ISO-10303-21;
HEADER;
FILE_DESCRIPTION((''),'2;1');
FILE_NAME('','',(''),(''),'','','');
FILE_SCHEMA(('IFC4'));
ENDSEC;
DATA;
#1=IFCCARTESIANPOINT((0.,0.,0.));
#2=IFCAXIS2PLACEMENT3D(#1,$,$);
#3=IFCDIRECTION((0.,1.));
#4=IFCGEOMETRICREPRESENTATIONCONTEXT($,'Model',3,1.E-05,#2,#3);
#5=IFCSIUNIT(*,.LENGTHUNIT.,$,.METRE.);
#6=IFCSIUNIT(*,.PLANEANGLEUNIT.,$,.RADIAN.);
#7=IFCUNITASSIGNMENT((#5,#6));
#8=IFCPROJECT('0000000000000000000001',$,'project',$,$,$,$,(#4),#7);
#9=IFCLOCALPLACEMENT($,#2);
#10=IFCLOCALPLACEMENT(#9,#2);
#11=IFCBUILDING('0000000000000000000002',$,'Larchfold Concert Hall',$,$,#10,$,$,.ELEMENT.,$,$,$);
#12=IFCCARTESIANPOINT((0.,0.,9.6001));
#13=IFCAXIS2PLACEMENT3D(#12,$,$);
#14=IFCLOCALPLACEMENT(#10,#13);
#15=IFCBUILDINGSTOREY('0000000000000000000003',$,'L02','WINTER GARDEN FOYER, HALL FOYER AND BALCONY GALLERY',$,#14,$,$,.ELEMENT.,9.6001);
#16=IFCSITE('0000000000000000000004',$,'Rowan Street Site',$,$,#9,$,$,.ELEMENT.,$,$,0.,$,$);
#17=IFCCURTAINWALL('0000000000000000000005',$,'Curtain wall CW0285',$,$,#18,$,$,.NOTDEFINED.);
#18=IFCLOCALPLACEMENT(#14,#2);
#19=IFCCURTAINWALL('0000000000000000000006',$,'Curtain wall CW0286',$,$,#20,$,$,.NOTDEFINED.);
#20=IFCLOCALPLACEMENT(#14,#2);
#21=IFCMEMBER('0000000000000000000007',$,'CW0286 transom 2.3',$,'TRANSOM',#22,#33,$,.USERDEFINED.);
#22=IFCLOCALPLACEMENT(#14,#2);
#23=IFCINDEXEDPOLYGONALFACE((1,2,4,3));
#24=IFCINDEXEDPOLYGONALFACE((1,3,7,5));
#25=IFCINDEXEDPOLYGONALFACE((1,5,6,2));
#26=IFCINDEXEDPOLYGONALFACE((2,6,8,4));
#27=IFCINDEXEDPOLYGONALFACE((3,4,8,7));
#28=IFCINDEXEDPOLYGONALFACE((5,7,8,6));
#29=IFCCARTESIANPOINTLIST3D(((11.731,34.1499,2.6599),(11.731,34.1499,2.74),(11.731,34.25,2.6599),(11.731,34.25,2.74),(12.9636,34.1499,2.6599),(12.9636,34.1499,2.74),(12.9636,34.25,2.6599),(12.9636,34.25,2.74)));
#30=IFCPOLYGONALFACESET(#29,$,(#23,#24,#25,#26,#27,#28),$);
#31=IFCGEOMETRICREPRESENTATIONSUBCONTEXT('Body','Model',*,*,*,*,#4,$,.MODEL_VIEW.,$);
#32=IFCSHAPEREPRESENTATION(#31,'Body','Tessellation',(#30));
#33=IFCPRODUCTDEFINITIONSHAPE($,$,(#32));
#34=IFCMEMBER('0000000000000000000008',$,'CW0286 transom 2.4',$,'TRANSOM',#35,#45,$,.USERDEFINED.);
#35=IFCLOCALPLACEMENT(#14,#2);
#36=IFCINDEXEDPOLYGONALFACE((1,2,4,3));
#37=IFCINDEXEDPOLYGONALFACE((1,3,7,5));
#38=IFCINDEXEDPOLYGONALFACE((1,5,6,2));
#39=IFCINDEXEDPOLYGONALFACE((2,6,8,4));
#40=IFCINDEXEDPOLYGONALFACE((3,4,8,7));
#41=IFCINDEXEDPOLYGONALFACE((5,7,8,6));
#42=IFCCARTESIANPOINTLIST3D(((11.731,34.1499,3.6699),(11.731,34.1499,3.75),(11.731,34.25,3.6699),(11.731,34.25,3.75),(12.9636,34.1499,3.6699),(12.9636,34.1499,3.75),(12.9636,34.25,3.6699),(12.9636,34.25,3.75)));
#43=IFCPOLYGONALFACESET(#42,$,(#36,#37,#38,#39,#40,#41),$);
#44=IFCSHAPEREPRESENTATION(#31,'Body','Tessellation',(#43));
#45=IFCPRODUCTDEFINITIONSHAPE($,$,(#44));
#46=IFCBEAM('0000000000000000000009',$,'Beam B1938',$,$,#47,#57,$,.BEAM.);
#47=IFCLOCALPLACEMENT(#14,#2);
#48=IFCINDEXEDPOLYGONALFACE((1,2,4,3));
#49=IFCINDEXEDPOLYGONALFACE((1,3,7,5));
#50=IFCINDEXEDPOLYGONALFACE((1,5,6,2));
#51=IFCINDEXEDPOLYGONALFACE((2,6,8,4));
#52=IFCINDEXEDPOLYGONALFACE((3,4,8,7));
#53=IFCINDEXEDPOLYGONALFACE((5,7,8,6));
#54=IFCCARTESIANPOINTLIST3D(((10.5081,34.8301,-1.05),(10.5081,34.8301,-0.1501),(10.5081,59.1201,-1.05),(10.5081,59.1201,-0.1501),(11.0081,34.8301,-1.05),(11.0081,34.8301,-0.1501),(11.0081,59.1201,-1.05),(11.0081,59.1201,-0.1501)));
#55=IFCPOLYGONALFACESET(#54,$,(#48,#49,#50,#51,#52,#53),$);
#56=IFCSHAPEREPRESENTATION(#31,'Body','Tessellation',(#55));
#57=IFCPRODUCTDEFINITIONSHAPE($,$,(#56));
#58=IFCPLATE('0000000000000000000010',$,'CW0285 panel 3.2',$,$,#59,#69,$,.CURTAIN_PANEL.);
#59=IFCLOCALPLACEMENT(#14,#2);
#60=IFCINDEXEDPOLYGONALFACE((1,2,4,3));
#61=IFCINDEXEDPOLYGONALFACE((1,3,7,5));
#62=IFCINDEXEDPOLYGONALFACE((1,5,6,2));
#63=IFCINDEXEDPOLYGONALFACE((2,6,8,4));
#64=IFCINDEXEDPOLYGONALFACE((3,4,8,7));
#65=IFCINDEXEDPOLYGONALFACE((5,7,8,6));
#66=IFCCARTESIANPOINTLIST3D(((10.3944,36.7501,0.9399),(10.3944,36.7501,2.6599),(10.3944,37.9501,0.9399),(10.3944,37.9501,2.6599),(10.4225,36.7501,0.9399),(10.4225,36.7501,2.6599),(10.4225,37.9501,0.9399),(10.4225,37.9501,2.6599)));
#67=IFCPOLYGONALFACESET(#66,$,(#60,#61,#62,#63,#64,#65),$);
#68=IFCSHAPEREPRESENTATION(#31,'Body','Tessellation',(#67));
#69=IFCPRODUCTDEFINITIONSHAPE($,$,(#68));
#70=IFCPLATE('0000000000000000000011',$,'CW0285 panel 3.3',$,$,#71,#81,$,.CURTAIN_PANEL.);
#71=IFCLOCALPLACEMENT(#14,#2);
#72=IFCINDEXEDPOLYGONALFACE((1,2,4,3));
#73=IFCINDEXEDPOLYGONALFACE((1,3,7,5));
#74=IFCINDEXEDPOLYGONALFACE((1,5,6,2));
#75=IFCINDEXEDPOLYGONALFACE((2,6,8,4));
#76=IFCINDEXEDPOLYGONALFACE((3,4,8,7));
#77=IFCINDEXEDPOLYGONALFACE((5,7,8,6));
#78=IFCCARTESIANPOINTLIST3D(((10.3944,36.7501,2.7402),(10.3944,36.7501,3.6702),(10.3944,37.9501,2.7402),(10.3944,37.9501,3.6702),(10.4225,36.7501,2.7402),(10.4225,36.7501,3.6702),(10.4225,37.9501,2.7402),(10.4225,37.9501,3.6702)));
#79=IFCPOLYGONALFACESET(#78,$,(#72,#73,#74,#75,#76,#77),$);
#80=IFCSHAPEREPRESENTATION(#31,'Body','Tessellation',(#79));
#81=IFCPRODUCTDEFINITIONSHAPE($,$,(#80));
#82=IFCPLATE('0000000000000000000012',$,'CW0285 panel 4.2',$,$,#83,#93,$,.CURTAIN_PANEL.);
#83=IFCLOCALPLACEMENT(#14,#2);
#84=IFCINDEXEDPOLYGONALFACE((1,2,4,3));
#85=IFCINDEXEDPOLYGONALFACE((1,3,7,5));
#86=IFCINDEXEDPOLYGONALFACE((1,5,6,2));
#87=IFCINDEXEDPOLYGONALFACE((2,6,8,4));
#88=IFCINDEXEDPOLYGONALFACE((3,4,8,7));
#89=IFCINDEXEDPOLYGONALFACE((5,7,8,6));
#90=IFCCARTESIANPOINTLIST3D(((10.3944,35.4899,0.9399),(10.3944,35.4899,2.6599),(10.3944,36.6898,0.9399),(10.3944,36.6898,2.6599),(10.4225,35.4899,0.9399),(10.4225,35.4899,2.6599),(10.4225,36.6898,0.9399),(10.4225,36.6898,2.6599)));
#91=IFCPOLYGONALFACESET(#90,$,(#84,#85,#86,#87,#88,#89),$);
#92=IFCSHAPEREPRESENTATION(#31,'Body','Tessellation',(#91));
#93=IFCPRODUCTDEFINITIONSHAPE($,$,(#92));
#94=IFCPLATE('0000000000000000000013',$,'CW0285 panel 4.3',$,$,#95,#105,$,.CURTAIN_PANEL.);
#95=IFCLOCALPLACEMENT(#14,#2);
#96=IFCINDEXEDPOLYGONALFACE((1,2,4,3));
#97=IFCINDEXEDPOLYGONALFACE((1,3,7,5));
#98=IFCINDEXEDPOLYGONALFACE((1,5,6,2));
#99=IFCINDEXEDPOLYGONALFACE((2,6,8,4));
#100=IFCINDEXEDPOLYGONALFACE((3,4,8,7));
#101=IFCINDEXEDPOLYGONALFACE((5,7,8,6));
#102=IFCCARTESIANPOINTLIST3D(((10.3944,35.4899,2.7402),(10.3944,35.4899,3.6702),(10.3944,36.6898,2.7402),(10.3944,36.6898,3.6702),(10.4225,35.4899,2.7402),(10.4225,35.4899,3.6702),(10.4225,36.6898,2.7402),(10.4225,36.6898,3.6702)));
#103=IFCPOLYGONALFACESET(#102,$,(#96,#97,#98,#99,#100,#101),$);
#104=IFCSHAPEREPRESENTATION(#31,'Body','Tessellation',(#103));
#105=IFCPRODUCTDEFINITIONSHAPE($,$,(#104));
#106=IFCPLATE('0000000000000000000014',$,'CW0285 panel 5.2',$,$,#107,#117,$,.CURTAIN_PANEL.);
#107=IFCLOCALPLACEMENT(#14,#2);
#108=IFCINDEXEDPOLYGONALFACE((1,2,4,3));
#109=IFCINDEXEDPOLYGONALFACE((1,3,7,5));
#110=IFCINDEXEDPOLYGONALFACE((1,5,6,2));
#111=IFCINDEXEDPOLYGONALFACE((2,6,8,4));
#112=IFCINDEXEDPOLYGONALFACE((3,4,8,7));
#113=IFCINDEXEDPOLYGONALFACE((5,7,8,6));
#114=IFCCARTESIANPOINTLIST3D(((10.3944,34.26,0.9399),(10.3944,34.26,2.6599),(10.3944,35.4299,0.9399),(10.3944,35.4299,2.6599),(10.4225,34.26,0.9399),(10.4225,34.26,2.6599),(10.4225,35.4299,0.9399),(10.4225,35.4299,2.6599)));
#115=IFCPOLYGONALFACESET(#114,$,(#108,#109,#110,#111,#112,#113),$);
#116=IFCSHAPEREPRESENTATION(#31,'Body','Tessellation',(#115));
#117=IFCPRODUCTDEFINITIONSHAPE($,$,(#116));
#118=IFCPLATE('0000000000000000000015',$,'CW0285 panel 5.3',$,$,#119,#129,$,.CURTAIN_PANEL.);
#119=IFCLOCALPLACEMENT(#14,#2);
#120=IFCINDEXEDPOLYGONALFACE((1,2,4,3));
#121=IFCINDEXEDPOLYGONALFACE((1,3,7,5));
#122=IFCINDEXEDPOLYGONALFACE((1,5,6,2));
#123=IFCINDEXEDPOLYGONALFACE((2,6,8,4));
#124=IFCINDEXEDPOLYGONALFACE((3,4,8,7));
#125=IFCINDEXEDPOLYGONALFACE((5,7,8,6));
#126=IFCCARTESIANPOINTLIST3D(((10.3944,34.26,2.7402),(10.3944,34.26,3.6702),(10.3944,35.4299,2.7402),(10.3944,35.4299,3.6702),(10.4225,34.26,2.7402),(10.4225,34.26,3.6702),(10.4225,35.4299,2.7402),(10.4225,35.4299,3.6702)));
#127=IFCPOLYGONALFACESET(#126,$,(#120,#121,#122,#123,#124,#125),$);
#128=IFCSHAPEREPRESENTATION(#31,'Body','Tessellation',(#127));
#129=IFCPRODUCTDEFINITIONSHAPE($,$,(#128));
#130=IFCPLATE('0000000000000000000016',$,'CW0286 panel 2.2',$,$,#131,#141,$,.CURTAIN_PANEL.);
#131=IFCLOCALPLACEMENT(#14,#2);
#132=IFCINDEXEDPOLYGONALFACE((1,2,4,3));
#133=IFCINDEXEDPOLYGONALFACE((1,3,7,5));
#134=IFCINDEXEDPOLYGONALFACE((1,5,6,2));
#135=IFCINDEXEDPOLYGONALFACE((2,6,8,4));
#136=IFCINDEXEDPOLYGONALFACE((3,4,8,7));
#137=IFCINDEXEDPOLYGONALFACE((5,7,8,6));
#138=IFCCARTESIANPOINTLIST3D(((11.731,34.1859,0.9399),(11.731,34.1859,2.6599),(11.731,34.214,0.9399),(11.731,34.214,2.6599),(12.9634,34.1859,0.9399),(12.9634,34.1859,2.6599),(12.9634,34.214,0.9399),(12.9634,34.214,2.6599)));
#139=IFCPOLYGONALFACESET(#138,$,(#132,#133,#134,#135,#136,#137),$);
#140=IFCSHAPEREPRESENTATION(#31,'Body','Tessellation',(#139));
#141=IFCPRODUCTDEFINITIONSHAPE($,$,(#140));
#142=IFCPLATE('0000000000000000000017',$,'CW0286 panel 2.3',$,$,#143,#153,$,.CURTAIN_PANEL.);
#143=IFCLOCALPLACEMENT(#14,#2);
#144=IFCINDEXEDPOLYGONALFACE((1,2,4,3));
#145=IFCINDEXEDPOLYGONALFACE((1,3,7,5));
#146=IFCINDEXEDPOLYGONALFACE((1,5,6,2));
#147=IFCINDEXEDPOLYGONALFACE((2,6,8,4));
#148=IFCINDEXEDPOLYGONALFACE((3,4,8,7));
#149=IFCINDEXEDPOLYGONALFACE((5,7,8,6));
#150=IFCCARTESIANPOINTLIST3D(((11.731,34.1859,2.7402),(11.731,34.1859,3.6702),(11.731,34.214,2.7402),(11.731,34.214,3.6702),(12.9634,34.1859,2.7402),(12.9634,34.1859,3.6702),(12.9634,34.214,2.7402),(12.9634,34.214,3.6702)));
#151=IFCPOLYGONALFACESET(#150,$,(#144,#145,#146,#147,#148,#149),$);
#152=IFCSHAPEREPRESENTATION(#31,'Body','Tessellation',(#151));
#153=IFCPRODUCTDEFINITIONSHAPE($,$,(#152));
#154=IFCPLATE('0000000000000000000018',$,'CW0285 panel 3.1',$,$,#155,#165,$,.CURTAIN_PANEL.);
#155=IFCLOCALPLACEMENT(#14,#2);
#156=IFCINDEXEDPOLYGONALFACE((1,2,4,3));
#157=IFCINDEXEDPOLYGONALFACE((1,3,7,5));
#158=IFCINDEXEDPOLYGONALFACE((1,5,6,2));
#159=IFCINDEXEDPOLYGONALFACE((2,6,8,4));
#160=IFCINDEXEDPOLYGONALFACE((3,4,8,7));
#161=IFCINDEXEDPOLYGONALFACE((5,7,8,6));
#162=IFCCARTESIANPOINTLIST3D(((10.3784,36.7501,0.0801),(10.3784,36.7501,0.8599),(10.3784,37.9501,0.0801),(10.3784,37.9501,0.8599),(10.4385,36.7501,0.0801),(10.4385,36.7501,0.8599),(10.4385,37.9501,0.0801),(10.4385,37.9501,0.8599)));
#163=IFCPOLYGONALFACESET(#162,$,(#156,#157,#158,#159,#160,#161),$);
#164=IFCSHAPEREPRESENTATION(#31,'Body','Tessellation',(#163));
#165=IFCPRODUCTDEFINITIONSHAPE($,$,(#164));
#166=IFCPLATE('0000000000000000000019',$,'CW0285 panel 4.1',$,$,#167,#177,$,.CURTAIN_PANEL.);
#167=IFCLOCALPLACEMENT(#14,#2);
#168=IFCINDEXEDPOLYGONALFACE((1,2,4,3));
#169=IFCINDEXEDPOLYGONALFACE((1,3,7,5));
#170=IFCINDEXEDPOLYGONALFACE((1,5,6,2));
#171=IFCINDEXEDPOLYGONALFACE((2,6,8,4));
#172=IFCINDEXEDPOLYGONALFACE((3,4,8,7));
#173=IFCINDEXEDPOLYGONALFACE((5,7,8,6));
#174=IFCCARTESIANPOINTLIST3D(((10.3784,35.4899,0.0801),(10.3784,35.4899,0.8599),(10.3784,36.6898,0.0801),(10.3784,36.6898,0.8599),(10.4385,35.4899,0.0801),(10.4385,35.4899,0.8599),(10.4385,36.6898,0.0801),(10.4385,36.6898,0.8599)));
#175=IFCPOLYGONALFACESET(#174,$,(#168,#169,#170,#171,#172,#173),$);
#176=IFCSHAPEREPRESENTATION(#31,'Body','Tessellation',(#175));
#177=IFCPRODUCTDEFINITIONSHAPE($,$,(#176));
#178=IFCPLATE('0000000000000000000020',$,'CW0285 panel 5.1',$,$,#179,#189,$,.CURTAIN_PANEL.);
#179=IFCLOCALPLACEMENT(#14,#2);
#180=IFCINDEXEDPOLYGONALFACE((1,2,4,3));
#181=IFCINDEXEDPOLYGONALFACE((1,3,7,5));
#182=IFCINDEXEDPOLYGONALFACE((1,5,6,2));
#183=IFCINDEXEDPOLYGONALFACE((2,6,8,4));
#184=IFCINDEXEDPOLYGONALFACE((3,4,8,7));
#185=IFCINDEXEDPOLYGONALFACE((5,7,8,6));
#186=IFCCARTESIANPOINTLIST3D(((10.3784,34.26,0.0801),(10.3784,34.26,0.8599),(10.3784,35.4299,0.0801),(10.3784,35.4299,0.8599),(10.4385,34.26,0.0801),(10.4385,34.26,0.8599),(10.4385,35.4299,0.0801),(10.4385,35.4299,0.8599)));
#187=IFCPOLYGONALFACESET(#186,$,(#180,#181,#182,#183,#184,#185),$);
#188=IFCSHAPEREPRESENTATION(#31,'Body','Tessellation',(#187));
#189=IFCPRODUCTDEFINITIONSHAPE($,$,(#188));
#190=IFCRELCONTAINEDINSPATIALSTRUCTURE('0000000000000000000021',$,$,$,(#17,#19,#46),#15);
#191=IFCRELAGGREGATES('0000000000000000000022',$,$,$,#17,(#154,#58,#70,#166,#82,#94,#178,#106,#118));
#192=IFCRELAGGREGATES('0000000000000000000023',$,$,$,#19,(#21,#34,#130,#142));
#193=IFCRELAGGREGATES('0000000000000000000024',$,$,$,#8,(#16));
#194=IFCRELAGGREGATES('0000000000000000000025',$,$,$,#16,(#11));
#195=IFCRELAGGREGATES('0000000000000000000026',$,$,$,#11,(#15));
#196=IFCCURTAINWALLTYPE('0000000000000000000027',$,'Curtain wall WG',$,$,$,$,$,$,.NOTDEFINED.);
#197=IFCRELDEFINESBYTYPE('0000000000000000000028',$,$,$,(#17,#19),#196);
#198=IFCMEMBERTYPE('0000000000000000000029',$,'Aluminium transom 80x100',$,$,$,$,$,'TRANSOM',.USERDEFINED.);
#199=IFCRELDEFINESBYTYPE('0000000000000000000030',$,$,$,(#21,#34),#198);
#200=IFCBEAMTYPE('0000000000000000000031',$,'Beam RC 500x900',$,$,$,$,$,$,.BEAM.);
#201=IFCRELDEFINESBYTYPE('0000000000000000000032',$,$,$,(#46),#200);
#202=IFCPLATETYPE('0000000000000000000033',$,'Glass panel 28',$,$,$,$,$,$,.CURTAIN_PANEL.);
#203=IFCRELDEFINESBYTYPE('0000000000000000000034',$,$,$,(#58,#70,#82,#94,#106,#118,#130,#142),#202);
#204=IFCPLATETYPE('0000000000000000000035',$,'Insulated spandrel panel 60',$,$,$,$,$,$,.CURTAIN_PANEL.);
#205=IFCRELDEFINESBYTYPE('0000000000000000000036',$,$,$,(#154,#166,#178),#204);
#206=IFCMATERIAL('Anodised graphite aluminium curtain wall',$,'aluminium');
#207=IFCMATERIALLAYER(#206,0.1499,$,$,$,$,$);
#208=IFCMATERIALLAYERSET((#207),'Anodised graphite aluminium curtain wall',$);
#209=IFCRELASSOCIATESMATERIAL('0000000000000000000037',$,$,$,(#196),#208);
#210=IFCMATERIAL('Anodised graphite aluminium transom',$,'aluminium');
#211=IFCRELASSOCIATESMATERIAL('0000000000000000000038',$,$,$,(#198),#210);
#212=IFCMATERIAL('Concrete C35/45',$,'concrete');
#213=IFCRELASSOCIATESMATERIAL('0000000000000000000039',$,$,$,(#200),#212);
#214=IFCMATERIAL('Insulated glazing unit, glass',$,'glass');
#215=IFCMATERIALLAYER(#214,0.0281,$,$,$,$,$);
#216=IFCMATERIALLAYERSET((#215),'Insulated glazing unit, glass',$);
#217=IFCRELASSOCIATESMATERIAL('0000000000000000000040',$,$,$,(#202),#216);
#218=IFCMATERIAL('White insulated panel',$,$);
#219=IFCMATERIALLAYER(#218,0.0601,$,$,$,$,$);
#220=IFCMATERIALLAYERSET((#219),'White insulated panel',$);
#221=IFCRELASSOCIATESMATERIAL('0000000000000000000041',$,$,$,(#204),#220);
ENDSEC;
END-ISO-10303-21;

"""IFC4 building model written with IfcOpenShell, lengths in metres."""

from ifc_helpers import new_model, si_unit, direction, frame, origin, origin_2d, place, context, subcontext, project, spatial, rectangle, extrude, material, layer, layer_set, material_profile, profile_set, type_object, element, aggregate, save


model = new_model("IFC4")

# Units and contexts
model_context = context("Model", 3, precision=1e-05, world=origin(), true_north=direction((0.0, 1.0)))
body_context = subcontext(model_context, "Body", "Model", "MODEL_VIEW")
ifc_project = project(units=[si_unit("LENGTHUNIT", "METRE"), si_unit("PLANEANGLEUNIT", "RADIAN")], contexts=[model_context])

# Site, building, storey
site_placement = place(None, origin())
site = spatial("IfcSite", under=ifc_project, at=site_placement, Name="Rowan Street Site", CompositionType="ELEMENT", RefElevation=0.0)
building_placement = place(site_placement, origin())
building = spatial("IfcBuilding", under=site, at=building_placement, Name="Larchfold Concert Hall", CompositionType="ELEMENT")
storey_placement = place(building_placement, frame((0.0, 0.0, 9.6001)))
storey = spatial("IfcBuildingStorey", under=building, at=storey_placement, Name="L02", Description="WINTER GARDEN FOYER, HALL FOYER AND BALCONY GALLERY", CompositionType="ELEMENT", Elevation=9.6001)

# Curtain walls, members
ifc_material_1 = material(Name="Anodised graphite aluminium curtain wall", Category="aluminium")
ifc_layer_1 = layer(ifc_material_1, 0.1499)
ifc_layer_set_1 = layer_set([ifc_layer_1], Name="Anodised graphite aluminium curtain wall")
curtain_wall_type = type_object("IfcCurtainWallType", Name="Curtain wall WG", PredefinedType="NOTDEFINED", material=ifc_layer_set_1)
curtain_wall_1_placement = place(storey_placement, origin())
curtain_wall_1 = element("IfcCurtainWall", 1, at=curtain_wall_1_placement, inside=storey, type_object=curtain_wall_type, Name="Curtain wall CW0285", PredefinedType="NOTDEFINED")
ifc_material_2 = material(Name="Anodised graphite aluminium transom", Category="aluminium")
ifc_material_profile_1 = material_profile(ifc_material_2, rectangle(XDim=0.1001, YDim=0.0801, at=origin_2d()))
ifc_profile_set_1 = profile_set([ifc_material_profile_1], Name="Anodised graphite aluminium transom")
member_type_1 = type_object("IfcMemberType", Name="Aluminium transom 80x100", ElementType="TRANSOM", PredefinedType="USERDEFINED", material=ifc_profile_set_1)
curtain_wall_2_placement = place(storey_placement, origin())
curtain_wall_2 = element("IfcCurtainWall", 2, at=curtain_wall_2_placement, inside=storey, type_object=curtain_wall_type, Name="Curtain wall CW0286", PredefinedType="NOTDEFINED")
member_1_placement = place(storey_placement, frame((11.731, 34.2, 2.7), z_axis=(1.0, 0.0, 0.0), x_axis=(0.0, 1.0, 0.0)))
member_1 = element("IfcMember", 3, at=member_1_placement, type_object=member_type_1, Name="CW0286 transom 2.3", ObjectType="TRANSOM", PredefinedType="USERDEFINED", context=body_context, shape_type="SweptSolid", body=[
    extrude(rectangle(XDim=0.1001, YDim=0.0801, at=origin_2d()), origin(), (0.0, 0.0, 1.0), 1.2327),
])
member_2_placement = place(storey_placement, frame((11.731, 34.2, 3.71), z_axis=(1.0, 0.0, 0.0), x_axis=(0.0, 1.0, 0.0)))
member_2 = element("IfcMember", 4, at=member_2_placement, type_object=member_type_1, Name="CW0286 transom 2.4", ObjectType="TRANSOM", PredefinedType="USERDEFINED", context=body_context, shape_type="SweptSolid", body=[
    extrude(rectangle(XDim=0.1001, YDim=0.0801, at=origin_2d()), origin(), (0.0, 0.0, 1.0), 1.2327),
])

# Beam
ifc_material_3 = material(Name="Concrete C35/45", Category="concrete")
ifc_material_profile_2 = material_profile(ifc_material_3, rectangle(XDim=0.5, YDim=0.8999, at=origin_2d()))
ifc_profile_set_2 = profile_set([ifc_material_profile_2], Name="Concrete C35/45")
beam_type = type_object("IfcBeamType", Name="Beam RC 500x900", PredefinedType="BEAM", material=ifc_profile_set_2)
beam_placement = place(storey_placement, frame((10.7581, 34.8301, -0.6001), z_axis=(0.0, 1.0, 0.0), x_axis=(-1.0, 0.0, 0.0)))
element("IfcBeam", 5, at=beam_placement, inside=storey, type_object=beam_type, Name="Beam B1938", PredefinedType="BEAM", context=body_context, shape_type="SweptSolid", body=[
    extrude(rectangle(XDim=0.5, YDim=0.8999, at=origin_2d()), origin(), (0.0, 0.0, 1.0), 24.29),
])

# Plates
ifc_material_4 = material(Name="Insulated glazing unit, glass", Category="glass")
ifc_layer_2 = layer(ifc_material_4, 0.0281)
ifc_layer_set_2 = layer_set([ifc_layer_2], Name="Insulated glazing unit, glass")
plate_type_1 = type_object("IfcPlateType", Name="Glass panel 28", PredefinedType="CURTAIN_PANEL", material=ifc_layer_set_2)
plate_1_placement = place(storey_placement, frame((10.4084, 37.3501, 0.9399), z_axis=(0.0, 0.0, 1.0), x_axis=(0.0, -1.0, 0.0)))
plate_1 = element("IfcPlate", 6, at=plate_1_placement, type_object=plate_type_1, Name="CW0285 panel 3.2", PredefinedType="CURTAIN_PANEL", context=body_context, shape_type="SweptSolid", body=[
    extrude(rectangle(XDim=1.2, YDim=0.0281, at=origin_2d()), origin(), (0.0, 0.0, 1.0), 1.72),
])
plate_2_placement = place(storey_placement, frame((10.4084, 37.3501, 2.7402), z_axis=(0.0, 0.0, 1.0), x_axis=(0.0, -1.0, 0.0)))
plate_2 = element("IfcPlate", 7, at=plate_2_placement, type_object=plate_type_1, Name="CW0285 panel 3.3", PredefinedType="CURTAIN_PANEL", context=body_context, shape_type="SweptSolid", body=[
    extrude(rectangle(XDim=1.2, YDim=0.0281, at=origin_2d()), origin(), (0.0, 0.0, 1.0), 0.9299),
])
plate_3_placement = place(storey_placement, frame((10.4084, 36.0898, 0.9399), z_axis=(0.0, 0.0, 1.0), x_axis=(0.0, -1.0, 0.0)))
plate_3 = element("IfcPlate", 8, at=plate_3_placement, type_object=plate_type_1, Name="CW0285 panel 4.2", PredefinedType="CURTAIN_PANEL", context=body_context, shape_type="SweptSolid", body=[
    extrude(rectangle(XDim=1.2, YDim=0.0281, at=origin_2d()), origin(), (0.0, 0.0, 1.0), 1.72),
])
plate_4_placement = place(storey_placement, frame((10.4084, 36.0898, 2.7402), z_axis=(0.0, 0.0, 1.0), x_axis=(0.0, -1.0, 0.0)))
plate_4 = element("IfcPlate", 9, at=plate_4_placement, type_object=plate_type_1, Name="CW0285 panel 4.3", PredefinedType="CURTAIN_PANEL", context=body_context, shape_type="SweptSolid", body=[
    extrude(rectangle(XDim=1.2, YDim=0.0281, at=origin_2d()), origin(), (0.0, 0.0, 1.0), 0.9299),
])
plate_5_placement = place(storey_placement, frame((10.4084, 34.845, 0.9399), z_axis=(0.0, 0.0, 1.0), x_axis=(0.0, -1.0, 0.0)))
plate_5 = element("IfcPlate", 10, at=plate_5_placement, type_object=plate_type_1, Name="CW0285 panel 5.2", PredefinedType="CURTAIN_PANEL", context=body_context, shape_type="SweptSolid", body=[
    extrude(rectangle(XDim=1.1699, YDim=0.0281, at=origin_2d()), origin(), (0.0, 0.0, 1.0), 1.72),
])
plate_6_placement = place(storey_placement, frame((10.4084, 34.845, 2.7402), z_axis=(0.0, 0.0, 1.0), x_axis=(0.0, -1.0, 0.0)))
plate_6 = element("IfcPlate", 11, at=plate_6_placement, type_object=plate_type_1, Name="CW0285 panel 5.3", PredefinedType="CURTAIN_PANEL", context=body_context, shape_type="SweptSolid", body=[
    extrude(rectangle(XDim=1.1699, YDim=0.0281, at=origin_2d()), origin(), (0.0, 0.0, 1.0), 0.9299),
])
plate_7_placement = place(storey_placement, frame((12.3472, 34.2, 0.9399), z_axis=(0.0, 0.0, 1.0), x_axis=(1.0, 0.0, 0.0)))
plate_7 = element("IfcPlate", 12, at=plate_7_placement, type_object=plate_type_1, Name="CW0286 panel 2.2", PredefinedType="CURTAIN_PANEL", context=body_context, shape_type="SweptSolid", body=[
    extrude(rectangle(XDim=1.2324, YDim=0.0281, at=origin_2d()), origin(), (0.0, 0.0, 1.0), 1.72),
])
plate_8_placement = place(storey_placement, frame((12.3472, 34.2, 2.7402), z_axis=(0.0, 0.0, 1.0), x_axis=(1.0, 0.0, 0.0)))
plate_8 = element("IfcPlate", 13, at=plate_8_placement, type_object=plate_type_1, Name="CW0286 panel 2.3", PredefinedType="CURTAIN_PANEL", context=body_context, shape_type="SweptSolid", body=[
    extrude(rectangle(XDim=1.2324, YDim=0.0281, at=origin_2d()), origin(), (0.0, 0.0, 1.0), 0.9299),
])
ifc_material_5 = material(Name="White insulated panel")
ifc_layer_3 = layer(ifc_material_5, 0.0601)
ifc_layer_set_3 = layer_set([ifc_layer_3], Name="White insulated panel")
plate_type_2 = type_object("IfcPlateType", Name="Insulated spandrel panel 60", PredefinedType="CURTAIN_PANEL", material=ifc_layer_set_3)
plate_9_placement = place(storey_placement, frame((10.4084, 37.3501, 0.0801), z_axis=(0.0, 0.0, 1.0), x_axis=(0.0, -1.0, 0.0)))
plate_9 = element("IfcPlate", 14, at=plate_9_placement, type_object=plate_type_2, Name="CW0285 panel 3.1", PredefinedType="CURTAIN_PANEL", context=body_context, shape_type="SweptSolid", body=[
    extrude(rectangle(XDim=1.2, YDim=0.0601, at=origin_2d()), origin(), (0.0, 0.0, 1.0), 0.7798),
])
plate_10_placement = place(storey_placement, frame((10.4084, 36.0898, 0.0801), z_axis=(0.0, 0.0, 1.0), x_axis=(0.0, -1.0, 0.0)))
plate_10 = element("IfcPlate", 15, at=plate_10_placement, type_object=plate_type_2, Name="CW0285 panel 4.1", PredefinedType="CURTAIN_PANEL", context=body_context, shape_type="SweptSolid", body=[
    extrude(rectangle(XDim=1.2, YDim=0.0601, at=origin_2d()), origin(), (0.0, 0.0, 1.0), 0.7798),
])
plate_11_placement = place(storey_placement, frame((10.4084, 34.845, 0.0801), z_axis=(0.0, 0.0, 1.0), x_axis=(0.0, -1.0, 0.0)))
plate_11 = element("IfcPlate", 16, at=plate_11_placement, type_object=plate_type_2, Name="CW0285 panel 5.1", PredefinedType="CURTAIN_PANEL", context=body_context, shape_type="SweptSolid", body=[
    extrude(rectangle(XDim=1.1699, YDim=0.0601, at=origin_2d()), origin(), (0.0, 0.0, 1.0), 0.7798),
])
aggregate(curtain_wall_1, [plate_9, plate_1, plate_2, plate_10, plate_3, plate_4, plate_11, plate_5, plate_6])
aggregate(curtain_wall_2, [member_1, member_2, plate_7, plate_8])

save(model, "model.ifc")
